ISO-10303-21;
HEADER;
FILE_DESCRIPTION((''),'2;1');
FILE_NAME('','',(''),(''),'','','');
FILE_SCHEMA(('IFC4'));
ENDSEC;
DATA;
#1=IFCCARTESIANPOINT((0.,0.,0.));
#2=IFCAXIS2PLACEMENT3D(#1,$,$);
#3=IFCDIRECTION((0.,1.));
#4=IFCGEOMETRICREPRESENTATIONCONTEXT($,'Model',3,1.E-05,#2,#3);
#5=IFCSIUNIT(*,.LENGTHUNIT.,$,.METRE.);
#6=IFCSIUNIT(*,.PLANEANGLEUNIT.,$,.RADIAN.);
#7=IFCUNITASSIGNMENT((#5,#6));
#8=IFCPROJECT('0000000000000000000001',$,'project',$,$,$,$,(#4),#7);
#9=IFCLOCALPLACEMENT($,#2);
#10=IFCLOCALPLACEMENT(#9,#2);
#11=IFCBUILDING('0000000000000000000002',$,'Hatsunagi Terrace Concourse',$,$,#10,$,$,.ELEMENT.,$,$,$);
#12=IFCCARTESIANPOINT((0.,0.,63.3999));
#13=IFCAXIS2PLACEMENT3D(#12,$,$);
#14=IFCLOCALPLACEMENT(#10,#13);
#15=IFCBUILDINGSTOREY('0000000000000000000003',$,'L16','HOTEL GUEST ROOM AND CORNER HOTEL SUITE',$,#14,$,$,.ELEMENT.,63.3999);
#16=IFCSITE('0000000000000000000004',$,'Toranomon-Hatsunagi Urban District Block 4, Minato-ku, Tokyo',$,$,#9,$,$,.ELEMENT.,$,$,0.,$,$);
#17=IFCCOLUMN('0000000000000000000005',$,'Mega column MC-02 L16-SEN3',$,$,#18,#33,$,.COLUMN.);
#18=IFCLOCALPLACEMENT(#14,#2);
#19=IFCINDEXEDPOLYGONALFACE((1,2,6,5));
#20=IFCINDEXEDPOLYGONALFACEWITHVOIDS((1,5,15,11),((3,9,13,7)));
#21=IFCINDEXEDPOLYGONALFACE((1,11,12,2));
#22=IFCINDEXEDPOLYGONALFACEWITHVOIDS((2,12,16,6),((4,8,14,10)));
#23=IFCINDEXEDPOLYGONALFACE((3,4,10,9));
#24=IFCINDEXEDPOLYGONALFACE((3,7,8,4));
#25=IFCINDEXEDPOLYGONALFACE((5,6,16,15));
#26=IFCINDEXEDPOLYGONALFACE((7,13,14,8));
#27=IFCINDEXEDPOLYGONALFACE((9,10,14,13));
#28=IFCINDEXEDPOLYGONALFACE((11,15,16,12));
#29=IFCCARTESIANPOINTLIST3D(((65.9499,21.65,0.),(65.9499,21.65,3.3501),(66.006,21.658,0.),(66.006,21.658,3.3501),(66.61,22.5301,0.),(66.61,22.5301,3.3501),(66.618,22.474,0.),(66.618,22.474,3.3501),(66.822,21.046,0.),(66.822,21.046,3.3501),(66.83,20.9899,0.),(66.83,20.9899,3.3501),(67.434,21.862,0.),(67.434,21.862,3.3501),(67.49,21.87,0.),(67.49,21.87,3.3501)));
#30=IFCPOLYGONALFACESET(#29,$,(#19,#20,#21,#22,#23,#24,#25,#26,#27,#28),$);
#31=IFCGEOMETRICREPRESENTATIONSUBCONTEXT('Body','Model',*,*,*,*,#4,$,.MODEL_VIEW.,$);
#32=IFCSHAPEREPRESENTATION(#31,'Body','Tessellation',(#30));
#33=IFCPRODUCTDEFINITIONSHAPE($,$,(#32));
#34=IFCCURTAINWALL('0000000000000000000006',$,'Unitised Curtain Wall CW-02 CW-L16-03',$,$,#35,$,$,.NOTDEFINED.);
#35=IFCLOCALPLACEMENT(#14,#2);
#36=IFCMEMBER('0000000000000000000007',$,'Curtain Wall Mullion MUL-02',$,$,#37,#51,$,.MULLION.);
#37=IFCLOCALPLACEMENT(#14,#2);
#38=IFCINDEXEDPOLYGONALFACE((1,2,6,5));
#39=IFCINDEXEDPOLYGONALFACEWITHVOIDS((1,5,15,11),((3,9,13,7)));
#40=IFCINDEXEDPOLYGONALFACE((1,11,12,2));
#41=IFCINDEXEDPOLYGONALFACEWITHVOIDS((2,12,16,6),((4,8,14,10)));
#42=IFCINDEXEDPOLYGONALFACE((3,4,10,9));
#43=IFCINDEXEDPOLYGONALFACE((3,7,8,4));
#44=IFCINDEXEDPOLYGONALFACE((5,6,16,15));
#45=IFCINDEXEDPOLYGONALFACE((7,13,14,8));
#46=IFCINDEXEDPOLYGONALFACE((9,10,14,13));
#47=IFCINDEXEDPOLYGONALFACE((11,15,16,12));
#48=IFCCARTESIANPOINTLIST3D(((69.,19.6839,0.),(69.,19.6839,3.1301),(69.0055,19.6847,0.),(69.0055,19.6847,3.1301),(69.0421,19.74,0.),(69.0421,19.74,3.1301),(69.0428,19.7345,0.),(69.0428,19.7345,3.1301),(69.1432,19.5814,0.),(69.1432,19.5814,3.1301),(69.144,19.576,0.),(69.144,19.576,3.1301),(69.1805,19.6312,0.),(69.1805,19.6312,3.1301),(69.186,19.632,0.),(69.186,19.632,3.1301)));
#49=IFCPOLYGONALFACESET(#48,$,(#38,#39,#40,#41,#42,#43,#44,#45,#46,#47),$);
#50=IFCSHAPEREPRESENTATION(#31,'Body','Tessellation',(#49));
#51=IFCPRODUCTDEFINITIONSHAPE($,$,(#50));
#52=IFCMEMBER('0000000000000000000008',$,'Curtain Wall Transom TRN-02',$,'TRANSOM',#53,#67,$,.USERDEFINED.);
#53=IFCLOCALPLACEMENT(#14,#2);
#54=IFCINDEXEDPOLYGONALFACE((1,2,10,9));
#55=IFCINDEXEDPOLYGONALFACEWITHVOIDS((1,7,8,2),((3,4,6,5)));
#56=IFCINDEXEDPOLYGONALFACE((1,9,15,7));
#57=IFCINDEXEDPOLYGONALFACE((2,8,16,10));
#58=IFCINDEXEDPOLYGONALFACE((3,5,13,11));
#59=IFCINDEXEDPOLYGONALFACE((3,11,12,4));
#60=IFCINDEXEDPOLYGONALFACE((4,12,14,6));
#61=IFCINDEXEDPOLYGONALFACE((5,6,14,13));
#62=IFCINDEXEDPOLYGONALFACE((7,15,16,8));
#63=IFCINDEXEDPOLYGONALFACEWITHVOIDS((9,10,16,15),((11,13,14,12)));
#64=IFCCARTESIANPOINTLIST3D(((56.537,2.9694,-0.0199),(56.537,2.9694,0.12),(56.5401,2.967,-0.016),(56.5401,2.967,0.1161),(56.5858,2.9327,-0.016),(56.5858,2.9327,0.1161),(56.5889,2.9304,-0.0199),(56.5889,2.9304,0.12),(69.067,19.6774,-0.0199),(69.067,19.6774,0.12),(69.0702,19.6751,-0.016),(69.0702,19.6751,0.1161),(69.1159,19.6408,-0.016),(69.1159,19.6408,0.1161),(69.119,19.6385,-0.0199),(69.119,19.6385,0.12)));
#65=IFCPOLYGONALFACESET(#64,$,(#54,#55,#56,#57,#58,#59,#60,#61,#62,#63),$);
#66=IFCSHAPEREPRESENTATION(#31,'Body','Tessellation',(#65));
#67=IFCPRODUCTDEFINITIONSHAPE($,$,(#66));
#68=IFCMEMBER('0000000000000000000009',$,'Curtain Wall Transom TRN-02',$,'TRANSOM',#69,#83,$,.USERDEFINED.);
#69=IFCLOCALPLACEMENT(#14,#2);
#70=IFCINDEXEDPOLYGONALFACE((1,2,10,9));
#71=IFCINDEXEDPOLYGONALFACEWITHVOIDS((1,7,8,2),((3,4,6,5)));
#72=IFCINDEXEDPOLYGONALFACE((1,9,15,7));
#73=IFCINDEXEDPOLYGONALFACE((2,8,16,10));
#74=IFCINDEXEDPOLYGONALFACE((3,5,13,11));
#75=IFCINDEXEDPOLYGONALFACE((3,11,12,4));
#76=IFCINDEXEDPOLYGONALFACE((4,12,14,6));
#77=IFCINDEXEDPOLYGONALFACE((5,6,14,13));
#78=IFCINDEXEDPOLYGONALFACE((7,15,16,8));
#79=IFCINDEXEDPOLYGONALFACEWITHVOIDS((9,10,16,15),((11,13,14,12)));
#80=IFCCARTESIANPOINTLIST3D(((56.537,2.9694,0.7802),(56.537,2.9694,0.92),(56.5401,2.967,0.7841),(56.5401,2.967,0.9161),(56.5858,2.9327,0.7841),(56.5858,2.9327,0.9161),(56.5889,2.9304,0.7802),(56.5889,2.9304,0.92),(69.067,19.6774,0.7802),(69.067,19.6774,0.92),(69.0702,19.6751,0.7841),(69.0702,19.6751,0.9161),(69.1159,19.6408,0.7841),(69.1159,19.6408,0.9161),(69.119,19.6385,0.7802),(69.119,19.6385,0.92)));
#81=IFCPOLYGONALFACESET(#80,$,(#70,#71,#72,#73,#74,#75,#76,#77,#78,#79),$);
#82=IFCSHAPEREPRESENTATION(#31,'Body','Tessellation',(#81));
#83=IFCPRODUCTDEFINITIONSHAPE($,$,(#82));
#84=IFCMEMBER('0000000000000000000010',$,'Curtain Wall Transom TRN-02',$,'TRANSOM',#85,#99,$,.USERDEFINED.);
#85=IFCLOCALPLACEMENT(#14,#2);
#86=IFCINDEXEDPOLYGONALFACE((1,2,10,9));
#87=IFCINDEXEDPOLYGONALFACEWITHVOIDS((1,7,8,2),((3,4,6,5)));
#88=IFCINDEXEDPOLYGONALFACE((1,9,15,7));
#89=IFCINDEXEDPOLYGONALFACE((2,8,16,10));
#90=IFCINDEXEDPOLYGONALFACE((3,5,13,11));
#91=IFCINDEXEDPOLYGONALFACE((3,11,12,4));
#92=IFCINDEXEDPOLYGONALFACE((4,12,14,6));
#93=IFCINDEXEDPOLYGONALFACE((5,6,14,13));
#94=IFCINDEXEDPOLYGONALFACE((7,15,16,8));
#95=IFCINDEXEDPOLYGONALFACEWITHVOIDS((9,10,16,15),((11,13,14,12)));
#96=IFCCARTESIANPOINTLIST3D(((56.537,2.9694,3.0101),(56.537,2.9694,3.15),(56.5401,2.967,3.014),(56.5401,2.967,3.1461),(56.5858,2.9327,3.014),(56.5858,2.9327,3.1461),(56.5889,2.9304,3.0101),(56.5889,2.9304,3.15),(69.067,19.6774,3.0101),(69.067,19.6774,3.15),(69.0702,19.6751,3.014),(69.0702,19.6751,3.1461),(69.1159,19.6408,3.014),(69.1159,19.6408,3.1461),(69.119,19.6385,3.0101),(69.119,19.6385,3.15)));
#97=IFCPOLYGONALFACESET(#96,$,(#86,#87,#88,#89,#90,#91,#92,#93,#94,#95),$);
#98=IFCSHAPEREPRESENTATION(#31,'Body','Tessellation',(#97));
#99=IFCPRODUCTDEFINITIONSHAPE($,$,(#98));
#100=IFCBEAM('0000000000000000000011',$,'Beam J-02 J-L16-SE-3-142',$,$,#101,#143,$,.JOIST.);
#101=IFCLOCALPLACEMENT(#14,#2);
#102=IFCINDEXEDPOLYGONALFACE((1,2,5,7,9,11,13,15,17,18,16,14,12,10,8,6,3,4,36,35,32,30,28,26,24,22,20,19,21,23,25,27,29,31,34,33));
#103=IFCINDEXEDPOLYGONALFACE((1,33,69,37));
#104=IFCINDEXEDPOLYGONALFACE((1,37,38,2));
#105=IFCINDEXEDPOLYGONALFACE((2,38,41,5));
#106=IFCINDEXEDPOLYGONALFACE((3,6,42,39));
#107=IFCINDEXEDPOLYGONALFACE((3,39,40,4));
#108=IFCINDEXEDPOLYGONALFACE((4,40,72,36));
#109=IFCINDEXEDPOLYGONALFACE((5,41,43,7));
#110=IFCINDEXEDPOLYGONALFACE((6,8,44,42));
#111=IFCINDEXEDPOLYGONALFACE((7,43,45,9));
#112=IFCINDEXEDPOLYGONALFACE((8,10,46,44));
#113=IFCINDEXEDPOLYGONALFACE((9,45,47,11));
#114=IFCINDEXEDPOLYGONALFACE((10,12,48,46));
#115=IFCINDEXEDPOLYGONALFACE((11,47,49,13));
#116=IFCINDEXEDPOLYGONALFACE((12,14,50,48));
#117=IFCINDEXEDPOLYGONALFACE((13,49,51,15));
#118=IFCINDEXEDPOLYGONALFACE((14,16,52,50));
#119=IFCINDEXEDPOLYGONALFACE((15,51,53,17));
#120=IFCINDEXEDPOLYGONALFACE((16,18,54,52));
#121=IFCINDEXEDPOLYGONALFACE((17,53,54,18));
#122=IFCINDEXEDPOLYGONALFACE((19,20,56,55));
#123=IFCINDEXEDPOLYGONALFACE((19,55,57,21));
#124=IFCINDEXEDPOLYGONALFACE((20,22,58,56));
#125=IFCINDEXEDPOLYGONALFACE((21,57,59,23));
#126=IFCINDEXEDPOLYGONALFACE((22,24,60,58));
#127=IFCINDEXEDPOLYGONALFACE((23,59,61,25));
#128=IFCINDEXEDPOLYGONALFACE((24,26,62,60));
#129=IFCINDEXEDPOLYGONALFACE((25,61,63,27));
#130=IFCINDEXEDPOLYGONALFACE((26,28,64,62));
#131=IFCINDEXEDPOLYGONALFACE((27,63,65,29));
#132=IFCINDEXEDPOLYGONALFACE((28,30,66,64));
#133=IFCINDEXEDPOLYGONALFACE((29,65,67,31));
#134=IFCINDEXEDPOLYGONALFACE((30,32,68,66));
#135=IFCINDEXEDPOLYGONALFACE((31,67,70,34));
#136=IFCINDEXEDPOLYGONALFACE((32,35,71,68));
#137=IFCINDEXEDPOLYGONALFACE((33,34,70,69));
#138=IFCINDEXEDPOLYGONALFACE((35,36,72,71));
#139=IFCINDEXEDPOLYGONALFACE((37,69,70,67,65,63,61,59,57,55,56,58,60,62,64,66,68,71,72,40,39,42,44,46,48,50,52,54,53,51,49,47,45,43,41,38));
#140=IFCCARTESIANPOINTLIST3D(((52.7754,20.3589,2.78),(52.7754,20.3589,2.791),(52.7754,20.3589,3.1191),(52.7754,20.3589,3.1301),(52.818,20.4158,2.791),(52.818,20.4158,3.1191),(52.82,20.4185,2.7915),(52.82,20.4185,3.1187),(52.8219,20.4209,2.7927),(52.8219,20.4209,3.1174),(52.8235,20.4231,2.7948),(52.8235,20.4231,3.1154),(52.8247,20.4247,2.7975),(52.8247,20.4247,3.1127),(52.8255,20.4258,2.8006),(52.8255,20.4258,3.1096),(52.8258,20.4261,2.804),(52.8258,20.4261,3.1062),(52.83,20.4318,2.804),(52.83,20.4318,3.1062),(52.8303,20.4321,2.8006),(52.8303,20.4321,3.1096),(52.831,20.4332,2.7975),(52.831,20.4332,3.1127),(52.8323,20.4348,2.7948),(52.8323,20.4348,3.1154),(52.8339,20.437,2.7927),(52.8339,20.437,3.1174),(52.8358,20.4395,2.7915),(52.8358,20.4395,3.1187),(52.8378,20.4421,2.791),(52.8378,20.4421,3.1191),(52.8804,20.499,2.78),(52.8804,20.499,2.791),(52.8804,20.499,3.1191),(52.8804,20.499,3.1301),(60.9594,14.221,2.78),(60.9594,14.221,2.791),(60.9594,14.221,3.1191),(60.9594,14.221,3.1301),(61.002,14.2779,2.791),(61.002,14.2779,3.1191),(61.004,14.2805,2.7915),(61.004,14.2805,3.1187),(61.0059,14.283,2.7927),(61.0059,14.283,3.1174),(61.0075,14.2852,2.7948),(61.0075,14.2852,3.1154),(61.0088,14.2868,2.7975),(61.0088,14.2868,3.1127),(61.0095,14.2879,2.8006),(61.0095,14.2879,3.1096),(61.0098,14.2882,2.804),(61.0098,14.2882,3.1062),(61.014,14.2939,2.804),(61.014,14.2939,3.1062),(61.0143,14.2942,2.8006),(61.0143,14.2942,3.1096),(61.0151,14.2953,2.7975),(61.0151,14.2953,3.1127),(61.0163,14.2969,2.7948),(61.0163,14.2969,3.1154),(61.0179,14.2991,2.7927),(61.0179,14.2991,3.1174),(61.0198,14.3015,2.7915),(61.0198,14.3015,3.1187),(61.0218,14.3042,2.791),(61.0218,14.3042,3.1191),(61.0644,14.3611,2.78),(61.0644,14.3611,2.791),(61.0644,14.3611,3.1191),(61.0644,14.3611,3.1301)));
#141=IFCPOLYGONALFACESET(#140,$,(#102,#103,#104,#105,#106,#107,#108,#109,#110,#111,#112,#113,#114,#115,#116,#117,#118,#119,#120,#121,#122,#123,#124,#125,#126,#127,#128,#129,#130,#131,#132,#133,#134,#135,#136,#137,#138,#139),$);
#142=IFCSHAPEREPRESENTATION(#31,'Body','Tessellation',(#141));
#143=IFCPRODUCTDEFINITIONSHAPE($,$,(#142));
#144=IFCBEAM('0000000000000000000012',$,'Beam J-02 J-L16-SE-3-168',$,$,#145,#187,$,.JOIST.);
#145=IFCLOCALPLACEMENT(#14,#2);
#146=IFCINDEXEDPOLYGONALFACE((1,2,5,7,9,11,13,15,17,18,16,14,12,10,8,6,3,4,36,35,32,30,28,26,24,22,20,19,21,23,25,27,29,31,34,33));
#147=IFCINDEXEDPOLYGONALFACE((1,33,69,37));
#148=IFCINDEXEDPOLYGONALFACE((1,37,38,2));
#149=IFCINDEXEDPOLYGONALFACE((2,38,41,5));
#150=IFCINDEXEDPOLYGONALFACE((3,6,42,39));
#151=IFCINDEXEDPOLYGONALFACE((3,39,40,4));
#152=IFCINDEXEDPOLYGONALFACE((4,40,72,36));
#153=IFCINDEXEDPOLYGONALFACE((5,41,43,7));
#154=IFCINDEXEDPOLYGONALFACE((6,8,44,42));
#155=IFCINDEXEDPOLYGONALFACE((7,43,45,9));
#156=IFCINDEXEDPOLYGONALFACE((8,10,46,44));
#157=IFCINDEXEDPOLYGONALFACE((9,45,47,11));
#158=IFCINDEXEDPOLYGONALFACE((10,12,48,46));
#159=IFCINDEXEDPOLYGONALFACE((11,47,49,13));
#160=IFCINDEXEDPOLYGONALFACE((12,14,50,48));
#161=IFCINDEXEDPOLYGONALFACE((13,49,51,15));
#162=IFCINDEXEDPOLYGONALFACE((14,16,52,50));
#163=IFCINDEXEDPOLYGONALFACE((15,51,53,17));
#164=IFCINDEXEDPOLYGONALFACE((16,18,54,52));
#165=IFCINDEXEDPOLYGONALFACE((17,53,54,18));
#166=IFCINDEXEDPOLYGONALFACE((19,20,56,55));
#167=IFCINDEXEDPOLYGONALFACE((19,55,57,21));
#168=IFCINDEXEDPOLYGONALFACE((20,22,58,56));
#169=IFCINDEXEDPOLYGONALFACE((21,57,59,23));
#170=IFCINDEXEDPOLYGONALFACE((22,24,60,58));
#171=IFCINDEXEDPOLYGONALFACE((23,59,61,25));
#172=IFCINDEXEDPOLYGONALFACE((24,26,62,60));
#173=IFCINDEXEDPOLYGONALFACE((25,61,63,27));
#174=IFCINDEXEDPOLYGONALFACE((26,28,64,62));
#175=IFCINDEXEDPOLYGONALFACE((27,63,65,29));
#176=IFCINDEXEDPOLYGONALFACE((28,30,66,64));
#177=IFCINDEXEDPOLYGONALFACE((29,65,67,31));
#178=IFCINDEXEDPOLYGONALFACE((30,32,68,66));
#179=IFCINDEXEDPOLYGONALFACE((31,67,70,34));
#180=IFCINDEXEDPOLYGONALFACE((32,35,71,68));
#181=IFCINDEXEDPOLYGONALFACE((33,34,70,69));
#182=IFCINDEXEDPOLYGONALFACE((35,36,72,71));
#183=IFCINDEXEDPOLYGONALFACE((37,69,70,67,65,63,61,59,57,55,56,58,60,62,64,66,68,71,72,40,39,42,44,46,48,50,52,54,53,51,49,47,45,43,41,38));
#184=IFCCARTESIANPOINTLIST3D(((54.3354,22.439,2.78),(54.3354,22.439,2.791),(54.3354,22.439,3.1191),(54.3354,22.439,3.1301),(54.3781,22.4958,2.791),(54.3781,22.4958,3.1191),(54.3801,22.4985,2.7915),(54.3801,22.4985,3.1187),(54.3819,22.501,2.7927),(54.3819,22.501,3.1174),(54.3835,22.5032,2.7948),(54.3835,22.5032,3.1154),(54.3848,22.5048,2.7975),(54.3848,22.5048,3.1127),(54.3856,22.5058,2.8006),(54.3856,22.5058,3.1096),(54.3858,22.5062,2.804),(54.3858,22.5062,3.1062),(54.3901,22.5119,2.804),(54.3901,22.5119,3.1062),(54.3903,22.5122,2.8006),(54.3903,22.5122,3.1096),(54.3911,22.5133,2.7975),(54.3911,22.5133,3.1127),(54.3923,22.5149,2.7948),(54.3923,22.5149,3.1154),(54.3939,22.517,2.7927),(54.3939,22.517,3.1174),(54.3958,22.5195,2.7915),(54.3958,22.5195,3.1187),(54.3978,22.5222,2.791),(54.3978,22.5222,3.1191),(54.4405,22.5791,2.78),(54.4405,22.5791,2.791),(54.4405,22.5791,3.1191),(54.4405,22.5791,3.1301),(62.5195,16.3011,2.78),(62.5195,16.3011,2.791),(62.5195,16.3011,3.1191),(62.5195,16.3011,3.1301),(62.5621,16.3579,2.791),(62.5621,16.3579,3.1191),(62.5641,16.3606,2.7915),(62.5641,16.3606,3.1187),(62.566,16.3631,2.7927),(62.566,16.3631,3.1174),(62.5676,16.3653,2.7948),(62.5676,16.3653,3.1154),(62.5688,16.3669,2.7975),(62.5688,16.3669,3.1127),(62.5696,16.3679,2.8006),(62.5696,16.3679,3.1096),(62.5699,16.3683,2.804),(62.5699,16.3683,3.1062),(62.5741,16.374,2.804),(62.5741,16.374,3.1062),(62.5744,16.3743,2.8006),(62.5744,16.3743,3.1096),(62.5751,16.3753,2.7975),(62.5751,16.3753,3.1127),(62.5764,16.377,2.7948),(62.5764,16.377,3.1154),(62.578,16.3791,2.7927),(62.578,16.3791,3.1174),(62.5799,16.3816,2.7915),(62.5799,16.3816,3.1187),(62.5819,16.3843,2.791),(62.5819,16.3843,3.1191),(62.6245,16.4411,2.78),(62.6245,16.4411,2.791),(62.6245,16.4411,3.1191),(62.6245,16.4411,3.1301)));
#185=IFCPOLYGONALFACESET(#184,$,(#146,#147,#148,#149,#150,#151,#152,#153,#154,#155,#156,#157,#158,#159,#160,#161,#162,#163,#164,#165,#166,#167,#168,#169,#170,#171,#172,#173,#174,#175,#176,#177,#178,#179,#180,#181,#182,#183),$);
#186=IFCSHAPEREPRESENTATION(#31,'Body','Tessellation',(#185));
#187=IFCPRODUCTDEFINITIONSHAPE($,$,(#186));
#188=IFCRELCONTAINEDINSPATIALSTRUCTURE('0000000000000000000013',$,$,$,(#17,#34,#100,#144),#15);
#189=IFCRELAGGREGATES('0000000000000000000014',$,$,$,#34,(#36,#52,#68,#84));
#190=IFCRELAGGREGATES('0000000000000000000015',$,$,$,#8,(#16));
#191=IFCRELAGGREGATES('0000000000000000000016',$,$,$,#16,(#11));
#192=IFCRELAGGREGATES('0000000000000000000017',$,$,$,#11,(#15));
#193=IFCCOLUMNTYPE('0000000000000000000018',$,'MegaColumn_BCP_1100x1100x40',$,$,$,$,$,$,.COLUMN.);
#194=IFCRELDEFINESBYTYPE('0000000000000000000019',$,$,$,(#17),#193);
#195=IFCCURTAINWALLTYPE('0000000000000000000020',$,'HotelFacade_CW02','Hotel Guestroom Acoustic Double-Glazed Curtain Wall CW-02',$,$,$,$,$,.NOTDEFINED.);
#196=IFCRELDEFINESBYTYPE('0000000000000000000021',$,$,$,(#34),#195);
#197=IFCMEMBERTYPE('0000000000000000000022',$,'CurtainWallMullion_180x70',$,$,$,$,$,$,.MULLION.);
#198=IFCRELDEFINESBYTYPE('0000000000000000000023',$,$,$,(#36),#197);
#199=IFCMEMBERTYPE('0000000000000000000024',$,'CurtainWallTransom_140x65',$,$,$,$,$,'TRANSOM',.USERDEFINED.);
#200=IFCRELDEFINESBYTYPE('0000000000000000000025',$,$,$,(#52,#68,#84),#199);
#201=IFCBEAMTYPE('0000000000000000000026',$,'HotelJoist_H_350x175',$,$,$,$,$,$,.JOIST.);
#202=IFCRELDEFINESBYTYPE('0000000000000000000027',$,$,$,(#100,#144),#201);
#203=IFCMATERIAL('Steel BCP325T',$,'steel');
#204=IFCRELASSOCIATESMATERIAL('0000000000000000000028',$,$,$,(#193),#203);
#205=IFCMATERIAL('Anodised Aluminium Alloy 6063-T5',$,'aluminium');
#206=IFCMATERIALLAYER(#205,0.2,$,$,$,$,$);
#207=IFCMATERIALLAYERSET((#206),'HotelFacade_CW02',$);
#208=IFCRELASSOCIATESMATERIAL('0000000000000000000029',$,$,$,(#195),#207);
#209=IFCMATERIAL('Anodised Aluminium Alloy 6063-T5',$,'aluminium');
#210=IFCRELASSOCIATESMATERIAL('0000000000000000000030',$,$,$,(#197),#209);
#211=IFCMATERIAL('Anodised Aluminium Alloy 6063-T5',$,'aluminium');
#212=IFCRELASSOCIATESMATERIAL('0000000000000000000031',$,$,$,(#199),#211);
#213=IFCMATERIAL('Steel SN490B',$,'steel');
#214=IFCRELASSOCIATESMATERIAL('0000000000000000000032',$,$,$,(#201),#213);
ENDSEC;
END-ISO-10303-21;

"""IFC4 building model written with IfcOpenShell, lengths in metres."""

from ifc_helpers import new_model, si_unit, direction, frame, origin, origin_2d, place, context, subcontext, project, spatial, hollow_rectangle, i_section, extrude, material, layer, layer_set, material_profile, profile_set, type_object, element, aggregate, save


model = new_model("IFC4")

# Units and contexts
model_context = context("Model", 3, precision=1e-05, world=origin(), true_north=direction((0.0, 1.0)))
body_context = subcontext(model_context, "Body", "Model", "MODEL_VIEW")
ifc_project = project(units=[si_unit("LENGTHUNIT", "METRE"), si_unit("PLANEANGLEUNIT", "RADIAN")], contexts=[model_context])

# Site, building, storey
site_placement = place(None, origin())
site = spatial("IfcSite", under=ifc_project, at=site_placement, Name="Toranomon-Hatsunagi Urban District Block 4, Minato-ku, Tokyo", CompositionType="ELEMENT", RefElevation=0.0)
building_placement = place(site_placement, origin())
building = spatial("IfcBuilding", under=site, at=building_placement, Name="Hatsunagi Terrace Concourse", CompositionType="ELEMENT")
storey_placement = place(building_placement, frame((0.0, 0.0, 63.3999)))
storey = spatial("IfcBuildingStorey", under=building, at=storey_placement, Name="L16", Description="HOTEL GUEST ROOM AND CORNER HOTEL SUITE", CompositionType="ELEMENT", Elevation=63.3999)

# Column
ifc_material_1 = material(Name="Steel BCP325T", Category="steel")
ifc_material_profile_1 = material_profile(ifc_material_1, hollow_rectangle(XDim=1.1001, YDim=1.1001, WallThickness=0.04, at=origin_2d()), Name="BCP-1100x1100x40")
ifc_profile_set_1 = profile_set([ifc_material_profile_1], Name="Steel BCP325T")
column_type = type_object("IfcColumnType", Name="MegaColumn_BCP_1100x1100x40", PredefinedType="COLUMN", material=ifc_profile_set_1)
column_placement = place(storey_placement, frame((66.72, 21.76, 0.0), z_axis=(0.0, 0.0, 1.0), x_axis=(0.8, -0.6, 0.0)))
element("IfcColumn", 1, at=column_placement, inside=storey, type_object=column_type, Name="Mega column MC-02 L16-SEN3", PredefinedType="COLUMN", context=body_context, shape_type="SweptSolid", body=[
    extrude(hollow_rectangle(XDim=1.1001, YDim=1.1001, WallThickness=0.04, at=origin_2d()), origin(), (0.0, 0.0, 1.0), 3.3501),
])

# Curtain wall, members
ifc_material_2 = material(Name="Anodised Aluminium Alloy 6063-T5", Category="aluminium")
ifc_layer_1 = layer(ifc_material_2, 0.2)
ifc_layer_set_1 = layer_set([ifc_layer_1], Name="HotelFacade_CW02")
curtain_wall_type = type_object("IfcCurtainWallType", Name="HotelFacade_CW02", Description="Hotel Guestroom Acoustic Double-Glazed Curtain Wall CW-02", PredefinedType="NOTDEFINED", material=ifc_layer_set_1)
curtain_wall_placement = place(storey_placement, origin())
curtain_wall = element("IfcCurtainWall", 2, at=curtain_wall_placement, inside=storey, type_object=curtain_wall_type, Name="Unitised Curtain Wall CW-02 CW-L16-03", PredefinedType="NOTDEFINED")
ifc_material_3 = material(Name="Anodised Aluminium Alloy 6063-T5", Category="aluminium")
ifc_material_profile_2 = material_profile(ifc_material_3, hollow_rectangle(XDim=0.0701, YDim=0.1799, WallThickness=0.0039, at=origin_2d()), Name="ALU-MUL-180x70x4")
ifc_profile_set_2 = profile_set([ifc_material_profile_2], Name="Anodised Aluminium Alloy 6063-T5")
member_type_1 = type_object("IfcMemberType", Name="CurtainWallMullion_180x70", PredefinedType="MULLION", material=ifc_profile_set_2)
member_1_placement = place(storey_placement, frame((69.093, 19.658, 0.0), z_axis=(0.0, 0.0, 1.0), x_axis=(-0.599969, -0.800023, 0.0)))
member_1 = element("IfcMember", 3, at=member_1_placement, type_object=member_type_1, Name="Curtain Wall Mullion MUL-02", PredefinedType="MULLION", context=body_context, shape_type="SweptSolid", body=[
    extrude(hollow_rectangle(XDim=0.0701, YDim=0.1799, WallThickness=0.0039, at=origin_2d()), origin(), (0.0, 0.0, 1.0), 3.1301),
])
ifc_material_4 = material(Name="Anodised Aluminium Alloy 6063-T5", Category="aluminium")
ifc_material_profile_3 = material_profile(ifc_material_4, hollow_rectangle(XDim=0.0649, YDim=0.1399, WallThickness=0.0039, at=origin_2d()), Name="ALU-TRN-140x65x4")
ifc_profile_set_3 = profile_set([ifc_material_profile_3], Name="Anodised Aluminium Alloy 6063-T5")
member_type_2 = type_object("IfcMemberType", Name="CurtainWallTransom_140x65", ElementType="TRANSOM", PredefinedType="USERDEFINED", material=ifc_profile_set_3)
member_2_placement = place(storey_placement, frame((69.093, 19.658, 0.05), z_axis=(-0.59997, -0.800022, 0.0), x_axis=(0.800022, -0.59997, 0.0)))
member_2 = element("IfcMember", 4, at=member_2_placement, type_object=member_type_2, Name="Curtain Wall Transom TRN-02", ObjectType="TRANSOM", PredefinedType="USERDEFINED", context=body_context, shape_type="SweptSolid", body=[
    extrude(hollow_rectangle(XDim=0.0649, YDim=0.1399, WallThickness=0.0039, at=origin_2d()), origin(), (0.0, 0.0, 1.0), 20.8845),
])
member_3_placement = place(storey_placement, frame((69.093, 19.658, 0.8501), z_axis=(-0.59997, -0.800022, 0.0), x_axis=(0.800022, -0.59997, 0.0)))
member_3 = element("IfcMember", 5, at=member_3_placement, type_object=member_type_2, Name="Curtain Wall Transom TRN-02", ObjectType="TRANSOM", PredefinedType="USERDEFINED", context=body_context, shape_type="SweptSolid", body=[
    extrude(hollow_rectangle(XDim=0.0649, YDim=0.1399, WallThickness=0.0039, at=origin_2d()), origin(), (0.0, 0.0, 1.0), 20.8845),
])
member_4_placement = place(storey_placement, frame((69.093, 19.658, 3.0801), z_axis=(-0.59997, -0.800022, 0.0), x_axis=(0.800022, -0.59997, 0.0)))
member_4 = element("IfcMember", 6, at=member_4_placement, type_object=member_type_2, Name="Curtain Wall Transom TRN-02", ObjectType="TRANSOM", PredefinedType="USERDEFINED", context=body_context, shape_type="SweptSolid", body=[
    extrude(hollow_rectangle(XDim=0.0649, YDim=0.1399, WallThickness=0.0039, at=origin_2d()), origin(), (0.0, 0.0, 1.0), 20.8845),
])
aggregate(curtain_wall, [member_1, member_2, member_3, member_4])

# Beams
ifc_material_5 = material(Name="Steel SN490B", Category="steel")
ifc_material_profile_4 = material_profile(ifc_material_5, i_section(OverallWidth=0.175, OverallDepth=0.3501, WebThickness=0.0071, FlangeThickness=0.011, FilletRadius=0.0129, at=origin_2d()), Name="H-350x175x7x11")
ifc_profile_set_4 = profile_set([ifc_material_profile_4], Name="Steel SN490B")
beam_type = type_object("IfcBeamType", Name="HotelJoist_H_350x175", PredefinedType="JOIST", material=ifc_profile_set_4)
for number, where, z_axis, x_axis, name in (
    (7, (52.8279, 20.429, 2.9551), (0.800006, -0.599992, 0.0), (0.599992, 0.800006, 0.0), "Beam J-02 J-L16-SE-3-142"),
    (8, (54.3879, 22.509, 2.9551), (0.800006, -0.599992, 0.0), (0.599992, 0.800006, 0.0), "Beam J-02 J-L16-SE-3-168"),
):
    element("IfcBeam", number, at=place(storey_placement, frame(where, z_axis=z_axis, x_axis=x_axis)), inside=storey, type_object=beam_type, Name=name, PredefinedType="JOIST", context=body_context, shape_type="SweptSolid", body=[
        extrude(i_section(OverallWidth=0.175, OverallDepth=0.3501, WebThickness=0.0071, FlangeThickness=0.011, FilletRadius=0.0129, at=origin_2d()), origin(), (0.0, 0.0, 1.0), 10.23),
    ])

save(model, "model.ifc")
